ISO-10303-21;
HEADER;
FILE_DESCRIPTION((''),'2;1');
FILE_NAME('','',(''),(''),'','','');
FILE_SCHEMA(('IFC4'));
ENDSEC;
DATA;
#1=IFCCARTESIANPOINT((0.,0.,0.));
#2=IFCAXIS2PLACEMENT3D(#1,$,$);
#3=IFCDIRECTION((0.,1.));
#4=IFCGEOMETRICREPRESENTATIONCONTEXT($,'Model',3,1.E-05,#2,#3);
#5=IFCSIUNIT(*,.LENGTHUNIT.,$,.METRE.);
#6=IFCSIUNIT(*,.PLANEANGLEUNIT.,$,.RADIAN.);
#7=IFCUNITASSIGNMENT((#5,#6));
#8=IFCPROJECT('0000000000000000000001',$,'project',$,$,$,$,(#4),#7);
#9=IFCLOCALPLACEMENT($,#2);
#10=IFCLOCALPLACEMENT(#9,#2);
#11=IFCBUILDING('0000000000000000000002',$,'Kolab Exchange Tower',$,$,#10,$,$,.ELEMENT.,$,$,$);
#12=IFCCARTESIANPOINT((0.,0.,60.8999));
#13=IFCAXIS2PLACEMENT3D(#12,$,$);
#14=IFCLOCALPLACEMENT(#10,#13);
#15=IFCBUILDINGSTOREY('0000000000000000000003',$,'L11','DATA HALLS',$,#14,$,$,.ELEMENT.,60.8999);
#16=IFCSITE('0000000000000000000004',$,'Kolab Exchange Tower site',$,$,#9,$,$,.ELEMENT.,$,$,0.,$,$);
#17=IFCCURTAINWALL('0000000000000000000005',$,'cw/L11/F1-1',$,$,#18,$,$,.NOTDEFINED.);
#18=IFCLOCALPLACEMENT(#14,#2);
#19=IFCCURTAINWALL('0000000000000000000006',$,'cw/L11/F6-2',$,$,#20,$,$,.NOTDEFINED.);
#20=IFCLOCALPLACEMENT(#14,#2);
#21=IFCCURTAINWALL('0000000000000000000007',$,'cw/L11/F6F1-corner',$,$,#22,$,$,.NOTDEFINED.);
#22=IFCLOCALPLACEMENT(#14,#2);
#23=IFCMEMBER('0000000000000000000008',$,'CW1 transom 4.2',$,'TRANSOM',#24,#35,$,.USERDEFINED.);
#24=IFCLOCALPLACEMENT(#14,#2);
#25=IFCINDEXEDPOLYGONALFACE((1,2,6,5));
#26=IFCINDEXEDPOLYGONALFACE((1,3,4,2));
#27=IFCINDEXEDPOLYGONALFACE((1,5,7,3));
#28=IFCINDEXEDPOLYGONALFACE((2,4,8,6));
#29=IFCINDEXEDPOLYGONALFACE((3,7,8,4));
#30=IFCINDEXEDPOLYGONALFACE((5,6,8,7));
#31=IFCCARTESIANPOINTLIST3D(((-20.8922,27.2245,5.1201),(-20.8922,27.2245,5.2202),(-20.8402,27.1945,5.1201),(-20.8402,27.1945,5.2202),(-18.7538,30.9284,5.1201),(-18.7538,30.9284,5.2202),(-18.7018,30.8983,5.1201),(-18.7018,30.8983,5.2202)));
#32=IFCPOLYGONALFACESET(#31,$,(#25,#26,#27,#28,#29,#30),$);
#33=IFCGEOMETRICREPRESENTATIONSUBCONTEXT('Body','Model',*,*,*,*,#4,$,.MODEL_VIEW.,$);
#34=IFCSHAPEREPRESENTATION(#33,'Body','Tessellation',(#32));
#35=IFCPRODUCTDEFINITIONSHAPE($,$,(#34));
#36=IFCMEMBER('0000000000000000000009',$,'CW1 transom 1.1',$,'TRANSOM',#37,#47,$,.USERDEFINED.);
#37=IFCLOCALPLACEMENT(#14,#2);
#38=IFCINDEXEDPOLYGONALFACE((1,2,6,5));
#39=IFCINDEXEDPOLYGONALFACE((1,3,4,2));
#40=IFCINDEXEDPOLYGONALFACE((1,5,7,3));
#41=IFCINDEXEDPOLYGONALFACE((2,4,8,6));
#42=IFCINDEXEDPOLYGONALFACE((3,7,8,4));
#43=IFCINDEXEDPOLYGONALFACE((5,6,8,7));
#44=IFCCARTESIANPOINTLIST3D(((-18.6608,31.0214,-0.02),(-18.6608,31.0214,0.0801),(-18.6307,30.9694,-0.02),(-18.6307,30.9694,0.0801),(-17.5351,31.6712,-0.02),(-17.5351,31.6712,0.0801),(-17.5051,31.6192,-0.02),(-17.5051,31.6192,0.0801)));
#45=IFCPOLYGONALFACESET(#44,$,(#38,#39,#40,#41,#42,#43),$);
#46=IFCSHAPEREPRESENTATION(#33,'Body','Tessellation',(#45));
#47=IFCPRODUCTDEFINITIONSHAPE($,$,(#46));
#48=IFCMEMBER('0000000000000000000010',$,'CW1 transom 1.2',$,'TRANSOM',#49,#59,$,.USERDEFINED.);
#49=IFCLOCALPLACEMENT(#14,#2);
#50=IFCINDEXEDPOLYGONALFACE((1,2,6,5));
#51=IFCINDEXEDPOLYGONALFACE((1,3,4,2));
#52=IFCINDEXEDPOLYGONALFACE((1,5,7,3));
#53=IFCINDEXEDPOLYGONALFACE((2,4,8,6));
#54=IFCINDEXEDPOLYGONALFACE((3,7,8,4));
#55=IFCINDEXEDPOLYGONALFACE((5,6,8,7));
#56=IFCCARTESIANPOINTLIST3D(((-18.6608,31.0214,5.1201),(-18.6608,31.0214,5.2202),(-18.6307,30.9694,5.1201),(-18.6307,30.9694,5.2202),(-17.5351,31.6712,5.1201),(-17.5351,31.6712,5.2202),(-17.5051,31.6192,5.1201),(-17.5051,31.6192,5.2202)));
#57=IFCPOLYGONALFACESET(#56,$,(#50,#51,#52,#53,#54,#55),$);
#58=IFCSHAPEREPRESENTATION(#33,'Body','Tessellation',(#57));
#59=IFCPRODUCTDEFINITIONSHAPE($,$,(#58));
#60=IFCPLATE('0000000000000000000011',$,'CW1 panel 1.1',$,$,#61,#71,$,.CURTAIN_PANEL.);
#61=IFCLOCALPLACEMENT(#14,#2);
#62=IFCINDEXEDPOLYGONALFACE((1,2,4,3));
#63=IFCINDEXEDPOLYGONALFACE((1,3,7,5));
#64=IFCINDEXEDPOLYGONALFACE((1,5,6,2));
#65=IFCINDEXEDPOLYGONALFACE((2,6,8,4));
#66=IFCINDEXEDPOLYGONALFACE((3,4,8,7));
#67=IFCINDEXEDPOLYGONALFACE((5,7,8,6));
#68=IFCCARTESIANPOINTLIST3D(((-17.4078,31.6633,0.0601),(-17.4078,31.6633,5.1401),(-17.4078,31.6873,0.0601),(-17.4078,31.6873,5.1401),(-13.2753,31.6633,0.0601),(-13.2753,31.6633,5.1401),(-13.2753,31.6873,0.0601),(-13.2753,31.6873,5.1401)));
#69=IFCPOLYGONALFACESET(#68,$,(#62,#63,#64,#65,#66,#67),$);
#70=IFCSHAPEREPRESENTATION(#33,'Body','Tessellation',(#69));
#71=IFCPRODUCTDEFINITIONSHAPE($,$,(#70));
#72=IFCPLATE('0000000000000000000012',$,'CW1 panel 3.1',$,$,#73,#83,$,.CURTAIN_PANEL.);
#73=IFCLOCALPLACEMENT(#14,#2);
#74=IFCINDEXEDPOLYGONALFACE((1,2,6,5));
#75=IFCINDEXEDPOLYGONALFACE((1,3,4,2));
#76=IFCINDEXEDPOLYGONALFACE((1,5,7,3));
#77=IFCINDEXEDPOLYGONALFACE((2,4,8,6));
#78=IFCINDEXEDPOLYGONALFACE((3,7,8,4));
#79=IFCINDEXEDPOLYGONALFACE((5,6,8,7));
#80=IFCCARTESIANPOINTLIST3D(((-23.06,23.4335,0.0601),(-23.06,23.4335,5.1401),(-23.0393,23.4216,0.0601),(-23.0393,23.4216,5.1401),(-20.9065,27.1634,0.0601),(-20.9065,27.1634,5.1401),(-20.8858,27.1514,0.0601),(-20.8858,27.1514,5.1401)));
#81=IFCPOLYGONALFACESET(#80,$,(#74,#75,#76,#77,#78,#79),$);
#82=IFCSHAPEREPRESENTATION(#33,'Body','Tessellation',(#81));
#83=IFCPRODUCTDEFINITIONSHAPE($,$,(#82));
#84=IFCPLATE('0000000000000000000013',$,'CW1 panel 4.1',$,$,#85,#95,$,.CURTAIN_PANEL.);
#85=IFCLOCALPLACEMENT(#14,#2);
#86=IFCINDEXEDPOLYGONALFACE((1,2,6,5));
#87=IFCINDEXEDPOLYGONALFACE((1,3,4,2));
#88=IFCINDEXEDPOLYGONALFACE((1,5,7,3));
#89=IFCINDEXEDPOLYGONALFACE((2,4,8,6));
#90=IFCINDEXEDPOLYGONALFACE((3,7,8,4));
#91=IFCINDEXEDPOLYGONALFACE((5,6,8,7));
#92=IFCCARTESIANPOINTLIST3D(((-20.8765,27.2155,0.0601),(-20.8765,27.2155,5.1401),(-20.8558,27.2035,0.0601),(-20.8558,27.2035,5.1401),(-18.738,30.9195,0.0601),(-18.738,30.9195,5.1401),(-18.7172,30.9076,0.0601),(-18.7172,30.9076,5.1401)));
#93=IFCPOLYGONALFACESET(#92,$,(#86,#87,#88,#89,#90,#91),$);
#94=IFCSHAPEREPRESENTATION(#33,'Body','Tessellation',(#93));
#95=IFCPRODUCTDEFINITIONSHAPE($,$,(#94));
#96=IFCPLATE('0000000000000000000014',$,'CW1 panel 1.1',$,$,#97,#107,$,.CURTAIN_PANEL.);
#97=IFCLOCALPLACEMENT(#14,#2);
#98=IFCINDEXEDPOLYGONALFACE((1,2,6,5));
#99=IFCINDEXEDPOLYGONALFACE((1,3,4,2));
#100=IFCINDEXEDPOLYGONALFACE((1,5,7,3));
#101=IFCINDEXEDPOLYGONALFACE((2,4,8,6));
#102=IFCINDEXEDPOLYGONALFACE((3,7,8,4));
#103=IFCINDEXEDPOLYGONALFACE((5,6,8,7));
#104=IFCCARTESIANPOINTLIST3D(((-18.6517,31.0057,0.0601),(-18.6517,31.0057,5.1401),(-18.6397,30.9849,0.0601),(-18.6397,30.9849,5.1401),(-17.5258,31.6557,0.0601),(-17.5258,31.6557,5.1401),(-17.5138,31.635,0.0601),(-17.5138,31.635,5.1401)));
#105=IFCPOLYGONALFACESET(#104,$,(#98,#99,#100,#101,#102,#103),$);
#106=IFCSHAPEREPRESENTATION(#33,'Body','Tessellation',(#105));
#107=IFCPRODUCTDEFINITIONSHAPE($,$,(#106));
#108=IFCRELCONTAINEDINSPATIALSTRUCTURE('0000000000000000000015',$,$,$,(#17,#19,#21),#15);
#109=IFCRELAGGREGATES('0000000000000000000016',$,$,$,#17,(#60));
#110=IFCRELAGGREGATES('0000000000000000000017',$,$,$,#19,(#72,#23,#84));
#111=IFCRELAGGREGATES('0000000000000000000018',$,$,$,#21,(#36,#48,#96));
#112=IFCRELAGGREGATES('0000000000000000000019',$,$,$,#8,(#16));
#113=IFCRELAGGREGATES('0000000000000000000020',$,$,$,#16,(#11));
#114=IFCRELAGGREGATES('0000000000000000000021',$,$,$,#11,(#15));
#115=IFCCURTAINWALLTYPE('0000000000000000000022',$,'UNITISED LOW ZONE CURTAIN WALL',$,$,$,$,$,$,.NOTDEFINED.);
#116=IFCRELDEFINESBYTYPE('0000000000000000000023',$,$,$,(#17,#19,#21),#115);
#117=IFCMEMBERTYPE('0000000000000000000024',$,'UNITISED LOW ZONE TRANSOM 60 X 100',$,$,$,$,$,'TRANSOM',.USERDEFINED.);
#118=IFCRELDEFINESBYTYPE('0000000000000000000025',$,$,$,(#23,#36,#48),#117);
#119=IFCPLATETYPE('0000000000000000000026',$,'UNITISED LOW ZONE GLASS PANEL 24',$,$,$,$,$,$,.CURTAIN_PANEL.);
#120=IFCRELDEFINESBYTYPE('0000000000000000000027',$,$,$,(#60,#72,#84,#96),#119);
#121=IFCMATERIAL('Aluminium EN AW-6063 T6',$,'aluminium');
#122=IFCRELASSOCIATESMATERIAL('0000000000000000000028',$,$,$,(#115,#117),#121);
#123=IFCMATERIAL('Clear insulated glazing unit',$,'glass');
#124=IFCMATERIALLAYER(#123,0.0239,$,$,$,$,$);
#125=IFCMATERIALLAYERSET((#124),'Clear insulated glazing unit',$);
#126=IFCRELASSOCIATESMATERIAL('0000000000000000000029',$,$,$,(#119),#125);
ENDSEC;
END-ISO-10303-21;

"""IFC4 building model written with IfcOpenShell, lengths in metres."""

from ifc_helpers import new_model, si_unit, direction, frame, origin, origin_2d, place, context, subcontext, project, spatial, rectangle, extrude, material, layer, layer_set, material_profile, profile_set, type_object, element, aggregate, save


model = new_model("IFC4")

# Units and contexts
model_context = context("Model", 3, precision=1e-05, world=origin(), true_north=direction((0.0, 1.0)))
body_context = subcontext(model_context, "Body", "Model", "MODEL_VIEW")
ifc_project = project(units=[si_unit("LENGTHUNIT", "METRE"), si_unit("PLANEANGLEUNIT", "RADIAN")], contexts=[model_context])

# Site, building, storey
site_placement = place(None, origin())
site = spatial("IfcSite", under=ifc_project, at=site_placement, Name="Kolab Exchange Tower site", CompositionType="ELEMENT", RefElevation=0.0)
building_placement = place(site_placement, origin())
building = spatial("IfcBuilding", under=site, at=building_placement, Name="Kolab Exchange Tower", CompositionType="ELEMENT")
storey_placement = place(building_placement, frame((0.0, 0.0, 60.8999)))
storey = spatial("IfcBuildingStorey", under=building, at=storey_placement, Name="L11", Description="DATA HALLS", CompositionType="ELEMENT", Elevation=60.8999)

# Curtain wall
ifc_material_1 = material(Name="Aluminium EN AW-6063 T6", Category="aluminium")
curtain_wall_type = type_object("IfcCurtainWallType", Name="UNITISED LOW ZONE CURTAIN WALL", PredefinedType="NOTDEFINED", material=ifc_material_1)
curtain_wall_1_placement = place(storey_placement, origin())
curtain_wall_1 = element("IfcCurtainWall", 1, at=curtain_wall_1_placement, inside=storey, type_object=curtain_wall_type, Name="cw/L11/F1-1", PredefinedType="NOTDEFINED")

# Curtain walls
curtain_wall_2_placement = place(storey_placement, origin())
curtain_wall_2 = element("IfcCurtainWall", 2, at=curtain_wall_2_placement, inside=storey, type_object=curtain_wall_type, Name="cw/L11/F6-2", PredefinedType="NOTDEFINED")
curtain_wall_3_placement = place(storey_placement, origin())
curtain_wall_3 = element("IfcCurtainWall", 3, at=curtain_wall_3_placement, inside=storey, type_object=curtain_wall_type, Name="cw/L11/F6F1-corner", PredefinedType="NOTDEFINED")

# Members
ifc_material_profile_1 = material_profile(ifc_material_1, rectangle(XDim=0.0601, YDim=0.1001, at=origin_2d()), Name="RECT 60X100")
ifc_profile_set_1 = profile_set([ifc_material_profile_1], Name="Aluminium EN AW-6063 T6")
member_type_1 = type_object("IfcMemberType", Name="UNITISED LOW ZONE TRANSOM 60 X 100", ElementType="TRANSOM", PredefinedType="USERDEFINED", material=ifc_profile_set_1)
member_1_placement = place(storey_placement, frame((-20.8662, 27.2095, 5.1702), z_axis=(0.500001, 0.866025, 0.0), x_axis=(-0.866025, 0.500001, 0.0)))
member_1 = element("IfcMember", 4, at=member_1_placement, type_object=member_type_1, Name="CW1 transom 4.2", ObjectType="TRANSOM", PredefinedType="USERDEFINED", context=body_context, shape_type="SweptSolid", body=[
    extrude(rectangle(XDim=0.0601, YDim=0.1001, at=origin_2d()), origin(), (0.0, 0.0, 1.0), 4.2769),
])
member_2_placement = place(storey_placement, frame((-18.6458, 30.9954, 0.03), z_axis=(0.866039, 0.499977, 0.0), x_axis=(-0.499977, 0.866039, 0.0)))
member_2 = element("IfcMember", 5, at=member_2_placement, type_object=member_type_1, Name="CW1 transom 1.1", ObjectType="TRANSOM", PredefinedType="USERDEFINED", context=body_context, shape_type="SweptSolid", body=[
    extrude(rectangle(XDim=0.0601, YDim=0.1001, at=origin_2d()), origin(), (0.0, 0.0, 1.0), 1.2998),
])
member_3_placement = place(storey_placement, frame((-18.6458, 30.9954, 5.1702), z_axis=(0.866039, 0.499977, 0.0), x_axis=(-0.499977, 0.866039, 0.0)))
member_3 = element("IfcMember", 6, at=member_3_placement, type_object=member_type_1, Name="CW1 transom 1.2", ObjectType="TRANSOM", PredefinedType="USERDEFINED", context=body_context, shape_type="SweptSolid", body=[
    extrude(rectangle(XDim=0.0601, YDim=0.1001, at=origin_2d()), origin(), (0.0, 0.0, 1.0), 1.2998),
])

# Plates
ifc_material_2 = material(Name="Clear insulated glazing unit", Category="glass")
ifc_layer = layer(ifc_material_2, 0.0239)
ifc_layer_set = layer_set([ifc_layer], Name="Clear insulated glazing unit")
plate_type = type_object("IfcPlateType", Name="UNITISED LOW ZONE GLASS PANEL 24", PredefinedType="CURTAIN_PANEL", material=ifc_layer_set)
plate_1_placement = place(storey_placement, frame((-15.3416, 31.6753, 0.0601), z_axis=(0.0, 0.0, 1.0), x_axis=(1.0, 0.0, 0.0)))
plate_1 = element("IfcPlate", 7, at=plate_1_placement, type_object=plate_type, Name="CW1 panel 1.1", PredefinedType="CURTAIN_PANEL", context=body_context, shape_type="SweptSolid", body=[
    extrude(rectangle(XDim=4.1326, YDim=0.0239, at=origin_2d()), origin(), (0.0, 0.0, 1.0), 5.0801),
])
aggregate(curtain_wall_1, [plate_1])
plate_2_placement = place(storey_placement, frame((-21.9729, 25.2925, 0.0601), z_axis=(0.0, 0.0, 1.0), x_axis=(0.5, 0.866025, 0.0)))
plate_2 = element("IfcPlate", 8, at=plate_2_placement, type_object=plate_type, Name="CW1 panel 3.1", PredefinedType="CURTAIN_PANEL", context=body_context, shape_type="SweptSolid", body=[
    extrude(rectangle(XDim=4.3069, YDim=0.0239, at=origin_2d()), origin(), (0.0, 0.0, 1.0), 5.0801),
])
plate_3_placement = place(storey_placement, frame((-19.7969, 29.0615, 0.0601), z_axis=(0.0, 0.0, 1.0), x_axis=(0.5, 0.866025, 0.0)))
plate_3 = element("IfcPlate", 9, at=plate_3_placement, type_object=plate_type, Name="CW1 panel 4.1", PredefinedType="CURTAIN_PANEL", context=body_context, shape_type="SweptSolid", body=[
    extrude(rectangle(XDim=4.2771, YDim=0.0239, at=origin_2d()), origin(), (0.0, 0.0, 1.0), 5.0801),
])
aggregate(curtain_wall_2, [plate_2, member_1, plate_3])
plate_4_placement = place(storey_placement, frame((-18.0828, 31.3203, 0.0601), z_axis=(0.0, 0.0, 1.0), x_axis=(0.866025, 0.5, 0.0)))
plate_4 = element("IfcPlate", 10, at=plate_4_placement, type_object=plate_type, Name="CW1 panel 1.1", PredefinedType="CURTAIN_PANEL", context=body_context, shape_type="SweptSolid", body=[
    extrude(rectangle(XDim=1.3, YDim=0.0239, at=origin_2d()), origin(), (0.0, 0.0, 1.0), 5.0801),
])
aggregate(curtain_wall_3, [member_2, member_3, plate_4])

save(model, "model.ifc")
